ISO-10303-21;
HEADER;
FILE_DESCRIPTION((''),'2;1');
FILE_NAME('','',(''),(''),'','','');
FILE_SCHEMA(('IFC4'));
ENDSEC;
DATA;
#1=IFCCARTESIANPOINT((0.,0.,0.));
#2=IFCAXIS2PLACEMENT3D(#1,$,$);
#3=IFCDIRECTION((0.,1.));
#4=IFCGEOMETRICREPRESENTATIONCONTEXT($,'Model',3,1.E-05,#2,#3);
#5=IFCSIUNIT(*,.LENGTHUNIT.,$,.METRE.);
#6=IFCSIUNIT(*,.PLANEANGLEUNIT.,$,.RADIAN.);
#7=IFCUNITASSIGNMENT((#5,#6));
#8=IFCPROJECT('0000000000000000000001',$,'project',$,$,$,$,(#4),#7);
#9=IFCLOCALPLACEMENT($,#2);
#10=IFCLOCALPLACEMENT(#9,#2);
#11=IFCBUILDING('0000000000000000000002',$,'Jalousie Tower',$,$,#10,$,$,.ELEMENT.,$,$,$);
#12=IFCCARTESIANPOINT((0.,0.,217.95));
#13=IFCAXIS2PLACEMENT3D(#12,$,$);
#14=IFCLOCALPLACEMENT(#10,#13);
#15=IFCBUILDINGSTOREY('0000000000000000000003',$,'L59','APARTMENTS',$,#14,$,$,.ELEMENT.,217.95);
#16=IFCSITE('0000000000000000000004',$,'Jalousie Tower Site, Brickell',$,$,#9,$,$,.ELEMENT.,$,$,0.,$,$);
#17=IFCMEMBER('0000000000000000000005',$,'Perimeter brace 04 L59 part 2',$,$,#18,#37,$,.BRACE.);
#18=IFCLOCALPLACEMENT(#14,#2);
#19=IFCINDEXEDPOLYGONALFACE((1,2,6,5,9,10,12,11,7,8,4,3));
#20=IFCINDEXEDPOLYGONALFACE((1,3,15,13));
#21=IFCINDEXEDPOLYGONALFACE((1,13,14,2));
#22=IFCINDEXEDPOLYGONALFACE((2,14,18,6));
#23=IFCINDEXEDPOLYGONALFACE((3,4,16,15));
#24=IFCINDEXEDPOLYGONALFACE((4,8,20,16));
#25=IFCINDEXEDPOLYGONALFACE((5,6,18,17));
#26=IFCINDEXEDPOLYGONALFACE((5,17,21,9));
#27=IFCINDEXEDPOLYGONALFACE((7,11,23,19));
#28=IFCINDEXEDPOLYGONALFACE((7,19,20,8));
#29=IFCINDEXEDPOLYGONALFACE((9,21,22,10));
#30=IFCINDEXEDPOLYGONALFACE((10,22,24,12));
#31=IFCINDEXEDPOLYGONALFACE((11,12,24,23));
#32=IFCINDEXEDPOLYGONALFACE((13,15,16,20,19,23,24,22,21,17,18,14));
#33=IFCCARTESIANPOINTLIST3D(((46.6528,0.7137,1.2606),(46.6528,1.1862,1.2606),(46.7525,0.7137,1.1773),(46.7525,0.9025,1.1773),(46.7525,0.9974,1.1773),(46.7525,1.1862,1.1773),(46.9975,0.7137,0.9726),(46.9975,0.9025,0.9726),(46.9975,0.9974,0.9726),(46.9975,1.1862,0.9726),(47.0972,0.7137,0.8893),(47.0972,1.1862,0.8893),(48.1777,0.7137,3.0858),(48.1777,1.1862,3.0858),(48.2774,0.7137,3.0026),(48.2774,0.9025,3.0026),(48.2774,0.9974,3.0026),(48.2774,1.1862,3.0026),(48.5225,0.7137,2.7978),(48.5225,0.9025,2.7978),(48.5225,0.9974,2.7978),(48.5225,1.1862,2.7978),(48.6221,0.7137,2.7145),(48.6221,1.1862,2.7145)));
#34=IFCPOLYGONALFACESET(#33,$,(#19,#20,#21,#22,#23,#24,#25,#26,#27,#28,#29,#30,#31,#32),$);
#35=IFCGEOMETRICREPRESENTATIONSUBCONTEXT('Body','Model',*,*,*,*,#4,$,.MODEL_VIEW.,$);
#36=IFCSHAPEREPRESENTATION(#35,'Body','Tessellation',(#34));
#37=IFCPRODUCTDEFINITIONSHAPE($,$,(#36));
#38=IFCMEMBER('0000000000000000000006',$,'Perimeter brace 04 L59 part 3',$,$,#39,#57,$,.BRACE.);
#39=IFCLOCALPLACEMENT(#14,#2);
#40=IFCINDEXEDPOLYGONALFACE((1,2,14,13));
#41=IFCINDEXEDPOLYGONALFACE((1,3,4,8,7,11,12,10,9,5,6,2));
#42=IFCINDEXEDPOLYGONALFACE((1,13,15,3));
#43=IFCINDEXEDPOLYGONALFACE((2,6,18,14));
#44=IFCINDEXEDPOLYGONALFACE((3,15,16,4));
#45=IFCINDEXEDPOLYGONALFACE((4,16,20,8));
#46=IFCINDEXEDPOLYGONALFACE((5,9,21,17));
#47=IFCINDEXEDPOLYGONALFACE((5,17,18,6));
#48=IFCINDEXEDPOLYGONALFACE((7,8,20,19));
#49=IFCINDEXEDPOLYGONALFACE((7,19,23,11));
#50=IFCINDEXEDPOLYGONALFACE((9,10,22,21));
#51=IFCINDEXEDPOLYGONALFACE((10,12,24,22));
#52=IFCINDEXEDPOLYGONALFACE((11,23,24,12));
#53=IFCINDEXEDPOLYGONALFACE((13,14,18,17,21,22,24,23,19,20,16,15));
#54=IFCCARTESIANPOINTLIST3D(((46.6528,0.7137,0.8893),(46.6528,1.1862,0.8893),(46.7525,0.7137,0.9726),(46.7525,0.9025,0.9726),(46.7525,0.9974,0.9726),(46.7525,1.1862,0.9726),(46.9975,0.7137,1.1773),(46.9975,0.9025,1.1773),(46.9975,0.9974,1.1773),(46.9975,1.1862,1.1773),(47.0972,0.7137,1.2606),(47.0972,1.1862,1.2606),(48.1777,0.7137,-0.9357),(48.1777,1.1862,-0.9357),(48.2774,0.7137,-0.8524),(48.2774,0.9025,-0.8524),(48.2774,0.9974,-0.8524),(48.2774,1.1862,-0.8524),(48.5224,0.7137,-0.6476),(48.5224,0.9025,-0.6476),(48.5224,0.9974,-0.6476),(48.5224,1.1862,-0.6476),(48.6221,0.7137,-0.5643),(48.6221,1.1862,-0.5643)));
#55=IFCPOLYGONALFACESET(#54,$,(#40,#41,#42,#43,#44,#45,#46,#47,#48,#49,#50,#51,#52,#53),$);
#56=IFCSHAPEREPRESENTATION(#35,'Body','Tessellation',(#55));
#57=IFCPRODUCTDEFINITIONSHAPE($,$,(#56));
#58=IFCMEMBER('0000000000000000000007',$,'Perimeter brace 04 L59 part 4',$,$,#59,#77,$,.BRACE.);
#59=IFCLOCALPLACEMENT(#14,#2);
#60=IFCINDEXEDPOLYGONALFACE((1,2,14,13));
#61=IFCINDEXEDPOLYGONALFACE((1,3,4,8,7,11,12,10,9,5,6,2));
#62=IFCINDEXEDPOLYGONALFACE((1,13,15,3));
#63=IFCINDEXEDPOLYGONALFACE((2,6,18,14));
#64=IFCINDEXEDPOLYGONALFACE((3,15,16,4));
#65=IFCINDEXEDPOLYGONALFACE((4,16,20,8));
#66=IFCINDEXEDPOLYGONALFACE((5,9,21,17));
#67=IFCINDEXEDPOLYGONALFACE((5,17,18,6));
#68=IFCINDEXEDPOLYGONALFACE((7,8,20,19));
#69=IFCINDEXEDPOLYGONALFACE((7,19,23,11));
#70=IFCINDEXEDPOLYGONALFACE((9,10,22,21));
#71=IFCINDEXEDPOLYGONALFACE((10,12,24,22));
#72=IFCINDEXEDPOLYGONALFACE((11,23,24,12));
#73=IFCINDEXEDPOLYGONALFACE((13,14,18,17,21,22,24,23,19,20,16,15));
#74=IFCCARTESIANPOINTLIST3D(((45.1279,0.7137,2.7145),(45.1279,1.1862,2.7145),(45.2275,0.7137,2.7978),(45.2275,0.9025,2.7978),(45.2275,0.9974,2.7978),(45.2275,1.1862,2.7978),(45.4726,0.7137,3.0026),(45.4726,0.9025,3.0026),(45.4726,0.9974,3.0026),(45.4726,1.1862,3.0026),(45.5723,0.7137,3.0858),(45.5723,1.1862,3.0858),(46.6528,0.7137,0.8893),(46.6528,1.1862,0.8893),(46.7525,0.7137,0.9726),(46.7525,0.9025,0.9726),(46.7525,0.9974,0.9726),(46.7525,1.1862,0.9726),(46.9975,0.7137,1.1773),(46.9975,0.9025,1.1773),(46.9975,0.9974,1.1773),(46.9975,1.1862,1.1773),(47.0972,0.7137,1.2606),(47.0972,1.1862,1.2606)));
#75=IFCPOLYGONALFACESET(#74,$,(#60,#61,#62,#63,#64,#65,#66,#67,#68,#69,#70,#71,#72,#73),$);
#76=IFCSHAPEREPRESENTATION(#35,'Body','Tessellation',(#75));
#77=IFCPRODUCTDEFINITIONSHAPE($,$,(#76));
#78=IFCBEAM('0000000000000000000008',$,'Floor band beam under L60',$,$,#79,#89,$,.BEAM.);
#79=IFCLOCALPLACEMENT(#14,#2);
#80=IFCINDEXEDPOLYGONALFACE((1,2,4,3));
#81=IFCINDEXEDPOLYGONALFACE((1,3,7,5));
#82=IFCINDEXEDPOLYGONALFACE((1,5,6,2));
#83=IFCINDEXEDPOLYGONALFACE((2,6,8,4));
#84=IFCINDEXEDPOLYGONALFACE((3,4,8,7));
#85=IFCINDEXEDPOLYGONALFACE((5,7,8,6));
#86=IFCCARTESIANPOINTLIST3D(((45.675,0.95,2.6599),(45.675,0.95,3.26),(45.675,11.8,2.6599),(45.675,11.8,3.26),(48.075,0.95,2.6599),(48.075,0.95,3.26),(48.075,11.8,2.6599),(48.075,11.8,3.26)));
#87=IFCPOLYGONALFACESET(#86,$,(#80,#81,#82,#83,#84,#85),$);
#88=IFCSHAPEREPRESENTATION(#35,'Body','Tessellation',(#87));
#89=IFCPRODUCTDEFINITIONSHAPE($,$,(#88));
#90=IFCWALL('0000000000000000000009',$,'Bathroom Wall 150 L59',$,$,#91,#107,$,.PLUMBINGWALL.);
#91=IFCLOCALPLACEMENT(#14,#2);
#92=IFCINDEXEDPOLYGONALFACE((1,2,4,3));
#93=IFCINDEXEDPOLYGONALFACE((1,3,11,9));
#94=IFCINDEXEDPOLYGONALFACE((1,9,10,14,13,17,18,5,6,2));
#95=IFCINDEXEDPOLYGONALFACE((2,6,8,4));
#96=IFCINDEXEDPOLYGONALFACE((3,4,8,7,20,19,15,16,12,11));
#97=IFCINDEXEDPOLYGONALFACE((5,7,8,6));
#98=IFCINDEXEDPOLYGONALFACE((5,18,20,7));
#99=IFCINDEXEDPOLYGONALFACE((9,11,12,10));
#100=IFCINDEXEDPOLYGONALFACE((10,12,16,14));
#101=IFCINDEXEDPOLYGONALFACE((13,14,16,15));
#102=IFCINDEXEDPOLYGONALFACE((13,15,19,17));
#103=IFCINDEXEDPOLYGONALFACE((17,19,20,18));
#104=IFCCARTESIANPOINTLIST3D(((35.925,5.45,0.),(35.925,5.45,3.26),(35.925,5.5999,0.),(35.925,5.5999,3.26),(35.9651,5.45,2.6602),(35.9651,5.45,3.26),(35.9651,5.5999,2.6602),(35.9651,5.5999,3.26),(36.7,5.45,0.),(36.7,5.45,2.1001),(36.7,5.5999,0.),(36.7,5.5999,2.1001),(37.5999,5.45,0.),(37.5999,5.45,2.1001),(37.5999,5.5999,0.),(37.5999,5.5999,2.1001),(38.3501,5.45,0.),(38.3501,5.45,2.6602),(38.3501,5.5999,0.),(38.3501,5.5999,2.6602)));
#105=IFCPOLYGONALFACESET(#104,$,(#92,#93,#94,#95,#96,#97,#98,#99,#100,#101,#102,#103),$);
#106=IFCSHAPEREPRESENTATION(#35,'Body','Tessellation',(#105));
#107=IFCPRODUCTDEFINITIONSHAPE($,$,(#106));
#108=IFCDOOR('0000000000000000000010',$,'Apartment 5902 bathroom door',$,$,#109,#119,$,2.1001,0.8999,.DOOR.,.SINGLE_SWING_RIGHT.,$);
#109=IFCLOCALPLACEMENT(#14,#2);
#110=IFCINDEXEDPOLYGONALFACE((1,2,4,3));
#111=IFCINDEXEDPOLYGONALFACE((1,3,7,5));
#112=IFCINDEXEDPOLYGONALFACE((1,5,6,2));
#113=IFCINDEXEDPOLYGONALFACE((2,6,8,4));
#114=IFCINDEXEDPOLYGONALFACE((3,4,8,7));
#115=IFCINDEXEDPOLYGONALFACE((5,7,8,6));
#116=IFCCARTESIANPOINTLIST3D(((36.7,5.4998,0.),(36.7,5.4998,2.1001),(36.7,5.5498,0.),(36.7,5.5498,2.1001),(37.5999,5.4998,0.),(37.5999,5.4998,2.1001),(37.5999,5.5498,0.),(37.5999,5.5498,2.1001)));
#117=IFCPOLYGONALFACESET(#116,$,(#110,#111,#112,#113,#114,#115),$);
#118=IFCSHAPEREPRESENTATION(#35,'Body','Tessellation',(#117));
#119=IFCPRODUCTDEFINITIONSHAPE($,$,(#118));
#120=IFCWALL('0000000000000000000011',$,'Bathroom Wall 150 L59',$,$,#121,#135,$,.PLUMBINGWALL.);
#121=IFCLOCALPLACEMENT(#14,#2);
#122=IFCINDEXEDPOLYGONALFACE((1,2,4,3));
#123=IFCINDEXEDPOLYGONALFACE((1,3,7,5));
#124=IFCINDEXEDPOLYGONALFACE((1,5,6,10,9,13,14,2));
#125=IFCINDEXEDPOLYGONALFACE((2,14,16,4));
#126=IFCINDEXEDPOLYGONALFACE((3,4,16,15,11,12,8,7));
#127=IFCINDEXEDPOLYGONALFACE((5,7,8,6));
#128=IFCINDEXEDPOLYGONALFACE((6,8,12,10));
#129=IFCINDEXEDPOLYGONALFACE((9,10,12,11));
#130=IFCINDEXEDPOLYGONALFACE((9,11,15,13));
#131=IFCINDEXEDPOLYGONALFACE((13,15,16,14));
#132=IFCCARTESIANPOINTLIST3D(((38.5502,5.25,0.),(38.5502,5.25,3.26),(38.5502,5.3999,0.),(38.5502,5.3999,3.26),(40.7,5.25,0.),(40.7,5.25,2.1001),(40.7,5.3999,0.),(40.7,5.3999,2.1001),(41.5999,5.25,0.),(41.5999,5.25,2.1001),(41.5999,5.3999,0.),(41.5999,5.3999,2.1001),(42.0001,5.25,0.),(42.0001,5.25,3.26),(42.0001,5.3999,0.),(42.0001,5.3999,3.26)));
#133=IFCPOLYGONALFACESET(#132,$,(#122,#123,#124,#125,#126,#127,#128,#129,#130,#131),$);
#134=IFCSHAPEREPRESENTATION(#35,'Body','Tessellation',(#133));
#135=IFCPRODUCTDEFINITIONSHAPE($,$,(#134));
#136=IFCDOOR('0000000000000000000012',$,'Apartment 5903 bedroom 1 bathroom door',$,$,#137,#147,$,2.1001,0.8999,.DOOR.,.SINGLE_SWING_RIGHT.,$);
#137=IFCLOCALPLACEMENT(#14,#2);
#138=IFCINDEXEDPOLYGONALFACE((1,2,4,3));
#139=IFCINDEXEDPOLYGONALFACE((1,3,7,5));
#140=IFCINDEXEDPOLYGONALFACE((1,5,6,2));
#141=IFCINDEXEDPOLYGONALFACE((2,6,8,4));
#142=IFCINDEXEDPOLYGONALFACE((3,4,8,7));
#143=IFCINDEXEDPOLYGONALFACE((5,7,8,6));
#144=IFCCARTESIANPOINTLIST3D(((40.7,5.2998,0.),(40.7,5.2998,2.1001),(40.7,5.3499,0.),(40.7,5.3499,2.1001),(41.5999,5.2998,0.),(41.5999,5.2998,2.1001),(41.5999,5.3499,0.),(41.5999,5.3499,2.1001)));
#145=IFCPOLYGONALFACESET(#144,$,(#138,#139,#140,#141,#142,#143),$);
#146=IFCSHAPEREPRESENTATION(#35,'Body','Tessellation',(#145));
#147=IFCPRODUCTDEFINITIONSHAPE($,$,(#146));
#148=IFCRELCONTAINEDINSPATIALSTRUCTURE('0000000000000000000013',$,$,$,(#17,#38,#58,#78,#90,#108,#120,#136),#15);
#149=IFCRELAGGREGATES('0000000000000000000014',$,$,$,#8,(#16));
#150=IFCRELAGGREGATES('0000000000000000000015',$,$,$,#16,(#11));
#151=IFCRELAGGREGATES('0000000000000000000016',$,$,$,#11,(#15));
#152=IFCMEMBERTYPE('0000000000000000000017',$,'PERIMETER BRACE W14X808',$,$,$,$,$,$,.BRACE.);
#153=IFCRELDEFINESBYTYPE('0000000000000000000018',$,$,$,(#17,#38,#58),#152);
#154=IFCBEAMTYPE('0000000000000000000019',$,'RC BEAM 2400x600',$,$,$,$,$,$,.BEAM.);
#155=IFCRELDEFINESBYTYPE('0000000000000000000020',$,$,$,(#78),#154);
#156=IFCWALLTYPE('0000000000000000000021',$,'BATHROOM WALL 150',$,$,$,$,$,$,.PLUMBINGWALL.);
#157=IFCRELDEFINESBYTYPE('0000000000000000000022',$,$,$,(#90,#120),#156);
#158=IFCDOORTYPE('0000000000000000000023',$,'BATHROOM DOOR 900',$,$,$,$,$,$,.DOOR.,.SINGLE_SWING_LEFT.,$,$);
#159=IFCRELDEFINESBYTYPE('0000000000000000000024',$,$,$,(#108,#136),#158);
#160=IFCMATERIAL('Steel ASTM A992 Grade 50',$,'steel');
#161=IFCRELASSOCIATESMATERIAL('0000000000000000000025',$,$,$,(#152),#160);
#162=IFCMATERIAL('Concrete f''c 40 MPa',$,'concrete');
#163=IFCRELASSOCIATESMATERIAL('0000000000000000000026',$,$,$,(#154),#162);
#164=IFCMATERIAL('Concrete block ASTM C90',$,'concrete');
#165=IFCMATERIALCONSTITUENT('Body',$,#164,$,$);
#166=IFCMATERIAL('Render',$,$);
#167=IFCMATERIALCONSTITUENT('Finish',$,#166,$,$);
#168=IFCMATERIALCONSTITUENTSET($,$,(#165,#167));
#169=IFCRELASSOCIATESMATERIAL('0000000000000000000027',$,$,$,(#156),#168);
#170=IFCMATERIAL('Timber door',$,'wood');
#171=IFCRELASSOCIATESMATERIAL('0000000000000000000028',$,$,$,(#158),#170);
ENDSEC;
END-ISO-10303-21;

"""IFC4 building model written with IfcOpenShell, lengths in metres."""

from ifc_helpers import new_model, si_unit, direction, frame, frame_2d, origin, origin_2d, place, context, subcontext, project, spatial, polyline, rectangle, i_section, outline, extrude, material, constituent, constituent_set, material_profile, profile_set, type_object, element, fill, save


model = new_model("IFC4")

# Units and contexts
model_context = context("Model", 3, precision=1e-05, world=origin(), true_north=direction((0.0, 1.0)))
body_context = subcontext(model_context, "Body", "Model", "MODEL_VIEW")
ifc_project = project(units=[si_unit("LENGTHUNIT", "METRE"), si_unit("PLANEANGLEUNIT", "RADIAN")], contexts=[model_context])

# Site, building, storey
site_placement = place(None, origin())
site = spatial("IfcSite", under=ifc_project, at=site_placement, Name="Jalousie Tower Site, Brickell", CompositionType="ELEMENT", RefElevation=0.0)
building_placement = place(site_placement, origin())
building = spatial("IfcBuilding", under=site, at=building_placement, Name="Jalousie Tower", CompositionType="ELEMENT")
storey_placement = place(building_placement, frame((0.0, 0.0, 217.95)))
storey = spatial("IfcBuildingStorey", under=building, at=storey_placement, Name="L59", Description="APARTMENTS", CompositionType="ELEMENT", Elevation=217.95)

# Members
ifc_material_1 = material(Name="Steel ASTM A992 Grade 50", Category="steel")
ifc_material_profile_1 = material_profile(ifc_material_1, i_section(OverallWidth=0.4724, OverallDepth=0.5791, WebThickness=0.095, FlangeThickness=0.1299, at=origin_2d()), Name="W14X808")
ifc_profile_set_1 = profile_set([ifc_material_profile_1], Name="Steel ASTM A992 Grade 50")
member_type = type_object("IfcMemberType", Name="PERIMETER BRACE W14X808", PredefinedType="BRACE", material=ifc_profile_set_1)
member_1_placement = place(storey_placement, frame((46.875, 0.95, 1.075), z_axis=(0.641153, 0.0, 0.767413), x_axis=(0.0, 1.0, 0.0)))
element("IfcMember", 1, at=member_1_placement, inside=storey, type_object=member_type, Name="Perimeter brace 04 L59 part 2", PredefinedType="BRACE", context=body_context, shape_type="SweptSolid", body=[
    extrude(i_section(OverallWidth=0.4724, OverallDepth=0.5791, WebThickness=0.095, FlangeThickness=0.1299, at=origin_2d()), origin(), (0.0, 0.0, 1.0), 2.3784),
])
member_2_placement = place(storey_placement, frame((48.3999, 0.95, -0.75), z_axis=(-0.641204, 0.0, 0.767371), x_axis=(0.0, -1.0, 0.0)))
element("IfcMember", 2, at=member_2_placement, inside=storey, type_object=member_type, Name="Perimeter brace 04 L59 part 3", PredefinedType="BRACE", context=body_context, shape_type="SweptSolid", body=[
    extrude(i_section(OverallWidth=0.4724, OverallDepth=0.5791, WebThickness=0.095, FlangeThickness=0.1299, at=origin_2d()), origin(), (0.0, 0.0, 1.0), 2.3782),
])
member_3_placement = place(storey_placement, frame((46.875, 0.95, 1.075), z_axis=(-0.641153, 0.0, 0.767413), x_axis=(0.0, -1.0, 0.0)))
element("IfcMember", 3, at=member_3_placement, inside=storey, type_object=member_type, Name="Perimeter brace 04 L59 part 4", PredefinedType="BRACE", context=body_context, shape_type="SweptSolid", body=[
    extrude(i_section(OverallWidth=0.4724, OverallDepth=0.5791, WebThickness=0.095, FlangeThickness=0.1299, at=origin_2d()), origin(), (0.0, 0.0, 1.0), 2.3784),
])

# Beam
ifc_material_2 = material(Name="Concrete f'c 40 MPa", Category="concrete")
ifc_material_profile_2 = material_profile(ifc_material_2, rectangle(XDim=2.3999, YDim=0.6001, at=origin_2d()), Name="RC 2400x600")
ifc_profile_set_2 = profile_set([ifc_material_profile_2], Name="Concrete f'c 40 MPa")
beam_type = type_object("IfcBeamType", Name="RC BEAM 2400x600", PredefinedType="BEAM", material=ifc_profile_set_2)
beam_placement = place(storey_placement, frame((46.875, 0.95, 2.96), z_axis=(0.0, 1.0, 0.0), x_axis=(-1.0, 0.0, 0.0)))
element("IfcBeam", 4, at=beam_placement, inside=storey, type_object=beam_type, Name="Floor band beam under L60", PredefinedType="BEAM", context=body_context, shape_type="SweptSolid", body=[
    extrude(rectangle(XDim=2.3999, YDim=0.6001, at=origin_2d()), origin(), (0.0, 0.0, 1.0), 10.8501),
])

# Walls, openings, doors
ifc_material_3 = material(Name="Concrete block ASTM C90", Category="concrete")
ifc_constituent_1 = constituent(ifc_material_3, Name="Body")
ifc_material_4 = material(Name="Render")
ifc_constituent_2 = constituent(ifc_material_4, Name="Finish")
ifc_constituent_set_1 = constituent_set(constituents=[ifc_constituent_1, ifc_constituent_2])
wall_type_1 = type_object("IfcWallType", Name="BATHROOM WALL 150", PredefinedType="PLUMBINGWALL", material=ifc_constituent_set_1)
wall_1_placement = place(storey_placement, frame((35.925, 5.5249, 0.0), z_axis=(0.0, 0.0, 1.0), x_axis=(1.0, 0.0, 0.0)))
wall_1 = element("IfcWall", 5, at=wall_1_placement, inside=storey, type_object=wall_type_1, Name="Bathroom Wall 150 L59", PredefinedType="PLUMBINGWALL", context=body_context, shape_type="SweptSolid", body=[
    extrude(outline(polyline([(0.0, 0.0), (2.425, 0.0), (2.425, 3.26), (2.425, 2.6602), (0.04, 2.6602), (0.04, 3.26), (0.0, 3.26), (0.0, 0.0)])), frame((0.0, 0.075, 0.0), z_axis=(0.0, -1.0, 0.0), x_axis=(1.0, 0.0, 0.0)), (0.0, 0.0, 1.0), 0.1499),
])
opening_1_placement = place(wall_1_placement, frame((0.7749, 0.0, 0.0)))
opening_1 = element("IfcOpeningElement", 6, at=opening_1_placement, cuts=wall_1, PredefinedType="OPENING", context=body_context, shape_type="SweptSolid", body=[
    extrude(rectangle(XDim=0.8999, YDim=2.1001, at=frame_2d((0.45, 1.05))), frame((0.0, 0.085, 0.0), z_axis=(0.0, -1.0, 0.0), x_axis=(1.0, 0.0, 0.0)), (0.0, 0.0, 1.0), 0.1699),
])
ifc_material_5 = material(Name="Timber door", Category="wood")
door_type_1 = type_object("IfcDoorType", Name="BATHROOM DOOR 900", OperationType="SINGLE_SWING_LEFT", PredefinedType="DOOR", material=ifc_material_5)
door_1_placement = place(opening_1_placement, origin())
door_1 = element("IfcDoor", 7, at=door_1_placement, inside=storey, type_object=door_type_1, Name="Apartment 5902 bathroom door", OperationType="SINGLE_SWING_RIGHT", OverallHeight=2.1001, OverallWidth=0.8999, PredefinedType="DOOR", context=body_context, shape_type="SweptSolid", body=[
    extrude(rectangle(XDim=0.8999, YDim=2.1001, at=frame_2d((0.45, 1.05))), frame((0.0, 0.0249, 0.0), z_axis=(0.0, -1.0, 0.0), x_axis=(1.0, 0.0, 0.0)), (0.0, 0.0, 1.0), 0.05),
])
fill(opening_1, door_1)
wall_2_placement = place(storey_placement, frame((38.55, 5.325, 0.0), z_axis=(0.0, 0.0, 1.0), x_axis=(1.0, 0.0, 0.0)))
wall_2 = element("IfcWall", 8, at=wall_2_placement, inside=storey, type_object=wall_type_1, Name="Bathroom Wall 150 L59", PredefinedType="PLUMBINGWALL", context=body_context, shape_type="SweptSolid", body=[
    extrude(rectangle(XDim=3.45, YDim=0.1499, at=frame_2d((1.7251, 0.0))), origin(), (0.0, 0.0, 1.0), 3.26),
])
opening_2_placement = place(wall_2_placement, frame((2.1499, 0.0, 0.0)))
opening_2 = element("IfcOpeningElement", 9, at=opening_2_placement, cuts=wall_2, PredefinedType="OPENING", context=body_context, shape_type="SweptSolid", body=[
    extrude(rectangle(XDim=0.8999, YDim=2.1001, at=frame_2d((0.45, 1.05))), frame((0.0, 0.085, 0.0), z_axis=(0.0, -1.0, 0.0), x_axis=(1.0, 0.0, 0.0)), (0.0, 0.0, 1.0), 0.1699),
])
door_2_placement = place(opening_2_placement, origin())
door_2 = element("IfcDoor", 10, at=door_2_placement, inside=storey, type_object=door_type_1, Name="Apartment 5903 bedroom 1 bathroom door", OperationType="SINGLE_SWING_RIGHT", OverallHeight=2.1001, OverallWidth=0.8999, PredefinedType="DOOR", context=body_context, shape_type="SweptSolid", body=[
    extrude(rectangle(XDim=0.8999, YDim=2.1001, at=frame_2d((0.45, 1.05))), frame((0.0, 0.0249, 0.0), z_axis=(0.0, -1.0, 0.0), x_axis=(1.0, 0.0, 0.0)), (0.0, 0.0, 1.0), 0.05),
])
fill(opening_2, door_2)

save(model, "model.ifc")
